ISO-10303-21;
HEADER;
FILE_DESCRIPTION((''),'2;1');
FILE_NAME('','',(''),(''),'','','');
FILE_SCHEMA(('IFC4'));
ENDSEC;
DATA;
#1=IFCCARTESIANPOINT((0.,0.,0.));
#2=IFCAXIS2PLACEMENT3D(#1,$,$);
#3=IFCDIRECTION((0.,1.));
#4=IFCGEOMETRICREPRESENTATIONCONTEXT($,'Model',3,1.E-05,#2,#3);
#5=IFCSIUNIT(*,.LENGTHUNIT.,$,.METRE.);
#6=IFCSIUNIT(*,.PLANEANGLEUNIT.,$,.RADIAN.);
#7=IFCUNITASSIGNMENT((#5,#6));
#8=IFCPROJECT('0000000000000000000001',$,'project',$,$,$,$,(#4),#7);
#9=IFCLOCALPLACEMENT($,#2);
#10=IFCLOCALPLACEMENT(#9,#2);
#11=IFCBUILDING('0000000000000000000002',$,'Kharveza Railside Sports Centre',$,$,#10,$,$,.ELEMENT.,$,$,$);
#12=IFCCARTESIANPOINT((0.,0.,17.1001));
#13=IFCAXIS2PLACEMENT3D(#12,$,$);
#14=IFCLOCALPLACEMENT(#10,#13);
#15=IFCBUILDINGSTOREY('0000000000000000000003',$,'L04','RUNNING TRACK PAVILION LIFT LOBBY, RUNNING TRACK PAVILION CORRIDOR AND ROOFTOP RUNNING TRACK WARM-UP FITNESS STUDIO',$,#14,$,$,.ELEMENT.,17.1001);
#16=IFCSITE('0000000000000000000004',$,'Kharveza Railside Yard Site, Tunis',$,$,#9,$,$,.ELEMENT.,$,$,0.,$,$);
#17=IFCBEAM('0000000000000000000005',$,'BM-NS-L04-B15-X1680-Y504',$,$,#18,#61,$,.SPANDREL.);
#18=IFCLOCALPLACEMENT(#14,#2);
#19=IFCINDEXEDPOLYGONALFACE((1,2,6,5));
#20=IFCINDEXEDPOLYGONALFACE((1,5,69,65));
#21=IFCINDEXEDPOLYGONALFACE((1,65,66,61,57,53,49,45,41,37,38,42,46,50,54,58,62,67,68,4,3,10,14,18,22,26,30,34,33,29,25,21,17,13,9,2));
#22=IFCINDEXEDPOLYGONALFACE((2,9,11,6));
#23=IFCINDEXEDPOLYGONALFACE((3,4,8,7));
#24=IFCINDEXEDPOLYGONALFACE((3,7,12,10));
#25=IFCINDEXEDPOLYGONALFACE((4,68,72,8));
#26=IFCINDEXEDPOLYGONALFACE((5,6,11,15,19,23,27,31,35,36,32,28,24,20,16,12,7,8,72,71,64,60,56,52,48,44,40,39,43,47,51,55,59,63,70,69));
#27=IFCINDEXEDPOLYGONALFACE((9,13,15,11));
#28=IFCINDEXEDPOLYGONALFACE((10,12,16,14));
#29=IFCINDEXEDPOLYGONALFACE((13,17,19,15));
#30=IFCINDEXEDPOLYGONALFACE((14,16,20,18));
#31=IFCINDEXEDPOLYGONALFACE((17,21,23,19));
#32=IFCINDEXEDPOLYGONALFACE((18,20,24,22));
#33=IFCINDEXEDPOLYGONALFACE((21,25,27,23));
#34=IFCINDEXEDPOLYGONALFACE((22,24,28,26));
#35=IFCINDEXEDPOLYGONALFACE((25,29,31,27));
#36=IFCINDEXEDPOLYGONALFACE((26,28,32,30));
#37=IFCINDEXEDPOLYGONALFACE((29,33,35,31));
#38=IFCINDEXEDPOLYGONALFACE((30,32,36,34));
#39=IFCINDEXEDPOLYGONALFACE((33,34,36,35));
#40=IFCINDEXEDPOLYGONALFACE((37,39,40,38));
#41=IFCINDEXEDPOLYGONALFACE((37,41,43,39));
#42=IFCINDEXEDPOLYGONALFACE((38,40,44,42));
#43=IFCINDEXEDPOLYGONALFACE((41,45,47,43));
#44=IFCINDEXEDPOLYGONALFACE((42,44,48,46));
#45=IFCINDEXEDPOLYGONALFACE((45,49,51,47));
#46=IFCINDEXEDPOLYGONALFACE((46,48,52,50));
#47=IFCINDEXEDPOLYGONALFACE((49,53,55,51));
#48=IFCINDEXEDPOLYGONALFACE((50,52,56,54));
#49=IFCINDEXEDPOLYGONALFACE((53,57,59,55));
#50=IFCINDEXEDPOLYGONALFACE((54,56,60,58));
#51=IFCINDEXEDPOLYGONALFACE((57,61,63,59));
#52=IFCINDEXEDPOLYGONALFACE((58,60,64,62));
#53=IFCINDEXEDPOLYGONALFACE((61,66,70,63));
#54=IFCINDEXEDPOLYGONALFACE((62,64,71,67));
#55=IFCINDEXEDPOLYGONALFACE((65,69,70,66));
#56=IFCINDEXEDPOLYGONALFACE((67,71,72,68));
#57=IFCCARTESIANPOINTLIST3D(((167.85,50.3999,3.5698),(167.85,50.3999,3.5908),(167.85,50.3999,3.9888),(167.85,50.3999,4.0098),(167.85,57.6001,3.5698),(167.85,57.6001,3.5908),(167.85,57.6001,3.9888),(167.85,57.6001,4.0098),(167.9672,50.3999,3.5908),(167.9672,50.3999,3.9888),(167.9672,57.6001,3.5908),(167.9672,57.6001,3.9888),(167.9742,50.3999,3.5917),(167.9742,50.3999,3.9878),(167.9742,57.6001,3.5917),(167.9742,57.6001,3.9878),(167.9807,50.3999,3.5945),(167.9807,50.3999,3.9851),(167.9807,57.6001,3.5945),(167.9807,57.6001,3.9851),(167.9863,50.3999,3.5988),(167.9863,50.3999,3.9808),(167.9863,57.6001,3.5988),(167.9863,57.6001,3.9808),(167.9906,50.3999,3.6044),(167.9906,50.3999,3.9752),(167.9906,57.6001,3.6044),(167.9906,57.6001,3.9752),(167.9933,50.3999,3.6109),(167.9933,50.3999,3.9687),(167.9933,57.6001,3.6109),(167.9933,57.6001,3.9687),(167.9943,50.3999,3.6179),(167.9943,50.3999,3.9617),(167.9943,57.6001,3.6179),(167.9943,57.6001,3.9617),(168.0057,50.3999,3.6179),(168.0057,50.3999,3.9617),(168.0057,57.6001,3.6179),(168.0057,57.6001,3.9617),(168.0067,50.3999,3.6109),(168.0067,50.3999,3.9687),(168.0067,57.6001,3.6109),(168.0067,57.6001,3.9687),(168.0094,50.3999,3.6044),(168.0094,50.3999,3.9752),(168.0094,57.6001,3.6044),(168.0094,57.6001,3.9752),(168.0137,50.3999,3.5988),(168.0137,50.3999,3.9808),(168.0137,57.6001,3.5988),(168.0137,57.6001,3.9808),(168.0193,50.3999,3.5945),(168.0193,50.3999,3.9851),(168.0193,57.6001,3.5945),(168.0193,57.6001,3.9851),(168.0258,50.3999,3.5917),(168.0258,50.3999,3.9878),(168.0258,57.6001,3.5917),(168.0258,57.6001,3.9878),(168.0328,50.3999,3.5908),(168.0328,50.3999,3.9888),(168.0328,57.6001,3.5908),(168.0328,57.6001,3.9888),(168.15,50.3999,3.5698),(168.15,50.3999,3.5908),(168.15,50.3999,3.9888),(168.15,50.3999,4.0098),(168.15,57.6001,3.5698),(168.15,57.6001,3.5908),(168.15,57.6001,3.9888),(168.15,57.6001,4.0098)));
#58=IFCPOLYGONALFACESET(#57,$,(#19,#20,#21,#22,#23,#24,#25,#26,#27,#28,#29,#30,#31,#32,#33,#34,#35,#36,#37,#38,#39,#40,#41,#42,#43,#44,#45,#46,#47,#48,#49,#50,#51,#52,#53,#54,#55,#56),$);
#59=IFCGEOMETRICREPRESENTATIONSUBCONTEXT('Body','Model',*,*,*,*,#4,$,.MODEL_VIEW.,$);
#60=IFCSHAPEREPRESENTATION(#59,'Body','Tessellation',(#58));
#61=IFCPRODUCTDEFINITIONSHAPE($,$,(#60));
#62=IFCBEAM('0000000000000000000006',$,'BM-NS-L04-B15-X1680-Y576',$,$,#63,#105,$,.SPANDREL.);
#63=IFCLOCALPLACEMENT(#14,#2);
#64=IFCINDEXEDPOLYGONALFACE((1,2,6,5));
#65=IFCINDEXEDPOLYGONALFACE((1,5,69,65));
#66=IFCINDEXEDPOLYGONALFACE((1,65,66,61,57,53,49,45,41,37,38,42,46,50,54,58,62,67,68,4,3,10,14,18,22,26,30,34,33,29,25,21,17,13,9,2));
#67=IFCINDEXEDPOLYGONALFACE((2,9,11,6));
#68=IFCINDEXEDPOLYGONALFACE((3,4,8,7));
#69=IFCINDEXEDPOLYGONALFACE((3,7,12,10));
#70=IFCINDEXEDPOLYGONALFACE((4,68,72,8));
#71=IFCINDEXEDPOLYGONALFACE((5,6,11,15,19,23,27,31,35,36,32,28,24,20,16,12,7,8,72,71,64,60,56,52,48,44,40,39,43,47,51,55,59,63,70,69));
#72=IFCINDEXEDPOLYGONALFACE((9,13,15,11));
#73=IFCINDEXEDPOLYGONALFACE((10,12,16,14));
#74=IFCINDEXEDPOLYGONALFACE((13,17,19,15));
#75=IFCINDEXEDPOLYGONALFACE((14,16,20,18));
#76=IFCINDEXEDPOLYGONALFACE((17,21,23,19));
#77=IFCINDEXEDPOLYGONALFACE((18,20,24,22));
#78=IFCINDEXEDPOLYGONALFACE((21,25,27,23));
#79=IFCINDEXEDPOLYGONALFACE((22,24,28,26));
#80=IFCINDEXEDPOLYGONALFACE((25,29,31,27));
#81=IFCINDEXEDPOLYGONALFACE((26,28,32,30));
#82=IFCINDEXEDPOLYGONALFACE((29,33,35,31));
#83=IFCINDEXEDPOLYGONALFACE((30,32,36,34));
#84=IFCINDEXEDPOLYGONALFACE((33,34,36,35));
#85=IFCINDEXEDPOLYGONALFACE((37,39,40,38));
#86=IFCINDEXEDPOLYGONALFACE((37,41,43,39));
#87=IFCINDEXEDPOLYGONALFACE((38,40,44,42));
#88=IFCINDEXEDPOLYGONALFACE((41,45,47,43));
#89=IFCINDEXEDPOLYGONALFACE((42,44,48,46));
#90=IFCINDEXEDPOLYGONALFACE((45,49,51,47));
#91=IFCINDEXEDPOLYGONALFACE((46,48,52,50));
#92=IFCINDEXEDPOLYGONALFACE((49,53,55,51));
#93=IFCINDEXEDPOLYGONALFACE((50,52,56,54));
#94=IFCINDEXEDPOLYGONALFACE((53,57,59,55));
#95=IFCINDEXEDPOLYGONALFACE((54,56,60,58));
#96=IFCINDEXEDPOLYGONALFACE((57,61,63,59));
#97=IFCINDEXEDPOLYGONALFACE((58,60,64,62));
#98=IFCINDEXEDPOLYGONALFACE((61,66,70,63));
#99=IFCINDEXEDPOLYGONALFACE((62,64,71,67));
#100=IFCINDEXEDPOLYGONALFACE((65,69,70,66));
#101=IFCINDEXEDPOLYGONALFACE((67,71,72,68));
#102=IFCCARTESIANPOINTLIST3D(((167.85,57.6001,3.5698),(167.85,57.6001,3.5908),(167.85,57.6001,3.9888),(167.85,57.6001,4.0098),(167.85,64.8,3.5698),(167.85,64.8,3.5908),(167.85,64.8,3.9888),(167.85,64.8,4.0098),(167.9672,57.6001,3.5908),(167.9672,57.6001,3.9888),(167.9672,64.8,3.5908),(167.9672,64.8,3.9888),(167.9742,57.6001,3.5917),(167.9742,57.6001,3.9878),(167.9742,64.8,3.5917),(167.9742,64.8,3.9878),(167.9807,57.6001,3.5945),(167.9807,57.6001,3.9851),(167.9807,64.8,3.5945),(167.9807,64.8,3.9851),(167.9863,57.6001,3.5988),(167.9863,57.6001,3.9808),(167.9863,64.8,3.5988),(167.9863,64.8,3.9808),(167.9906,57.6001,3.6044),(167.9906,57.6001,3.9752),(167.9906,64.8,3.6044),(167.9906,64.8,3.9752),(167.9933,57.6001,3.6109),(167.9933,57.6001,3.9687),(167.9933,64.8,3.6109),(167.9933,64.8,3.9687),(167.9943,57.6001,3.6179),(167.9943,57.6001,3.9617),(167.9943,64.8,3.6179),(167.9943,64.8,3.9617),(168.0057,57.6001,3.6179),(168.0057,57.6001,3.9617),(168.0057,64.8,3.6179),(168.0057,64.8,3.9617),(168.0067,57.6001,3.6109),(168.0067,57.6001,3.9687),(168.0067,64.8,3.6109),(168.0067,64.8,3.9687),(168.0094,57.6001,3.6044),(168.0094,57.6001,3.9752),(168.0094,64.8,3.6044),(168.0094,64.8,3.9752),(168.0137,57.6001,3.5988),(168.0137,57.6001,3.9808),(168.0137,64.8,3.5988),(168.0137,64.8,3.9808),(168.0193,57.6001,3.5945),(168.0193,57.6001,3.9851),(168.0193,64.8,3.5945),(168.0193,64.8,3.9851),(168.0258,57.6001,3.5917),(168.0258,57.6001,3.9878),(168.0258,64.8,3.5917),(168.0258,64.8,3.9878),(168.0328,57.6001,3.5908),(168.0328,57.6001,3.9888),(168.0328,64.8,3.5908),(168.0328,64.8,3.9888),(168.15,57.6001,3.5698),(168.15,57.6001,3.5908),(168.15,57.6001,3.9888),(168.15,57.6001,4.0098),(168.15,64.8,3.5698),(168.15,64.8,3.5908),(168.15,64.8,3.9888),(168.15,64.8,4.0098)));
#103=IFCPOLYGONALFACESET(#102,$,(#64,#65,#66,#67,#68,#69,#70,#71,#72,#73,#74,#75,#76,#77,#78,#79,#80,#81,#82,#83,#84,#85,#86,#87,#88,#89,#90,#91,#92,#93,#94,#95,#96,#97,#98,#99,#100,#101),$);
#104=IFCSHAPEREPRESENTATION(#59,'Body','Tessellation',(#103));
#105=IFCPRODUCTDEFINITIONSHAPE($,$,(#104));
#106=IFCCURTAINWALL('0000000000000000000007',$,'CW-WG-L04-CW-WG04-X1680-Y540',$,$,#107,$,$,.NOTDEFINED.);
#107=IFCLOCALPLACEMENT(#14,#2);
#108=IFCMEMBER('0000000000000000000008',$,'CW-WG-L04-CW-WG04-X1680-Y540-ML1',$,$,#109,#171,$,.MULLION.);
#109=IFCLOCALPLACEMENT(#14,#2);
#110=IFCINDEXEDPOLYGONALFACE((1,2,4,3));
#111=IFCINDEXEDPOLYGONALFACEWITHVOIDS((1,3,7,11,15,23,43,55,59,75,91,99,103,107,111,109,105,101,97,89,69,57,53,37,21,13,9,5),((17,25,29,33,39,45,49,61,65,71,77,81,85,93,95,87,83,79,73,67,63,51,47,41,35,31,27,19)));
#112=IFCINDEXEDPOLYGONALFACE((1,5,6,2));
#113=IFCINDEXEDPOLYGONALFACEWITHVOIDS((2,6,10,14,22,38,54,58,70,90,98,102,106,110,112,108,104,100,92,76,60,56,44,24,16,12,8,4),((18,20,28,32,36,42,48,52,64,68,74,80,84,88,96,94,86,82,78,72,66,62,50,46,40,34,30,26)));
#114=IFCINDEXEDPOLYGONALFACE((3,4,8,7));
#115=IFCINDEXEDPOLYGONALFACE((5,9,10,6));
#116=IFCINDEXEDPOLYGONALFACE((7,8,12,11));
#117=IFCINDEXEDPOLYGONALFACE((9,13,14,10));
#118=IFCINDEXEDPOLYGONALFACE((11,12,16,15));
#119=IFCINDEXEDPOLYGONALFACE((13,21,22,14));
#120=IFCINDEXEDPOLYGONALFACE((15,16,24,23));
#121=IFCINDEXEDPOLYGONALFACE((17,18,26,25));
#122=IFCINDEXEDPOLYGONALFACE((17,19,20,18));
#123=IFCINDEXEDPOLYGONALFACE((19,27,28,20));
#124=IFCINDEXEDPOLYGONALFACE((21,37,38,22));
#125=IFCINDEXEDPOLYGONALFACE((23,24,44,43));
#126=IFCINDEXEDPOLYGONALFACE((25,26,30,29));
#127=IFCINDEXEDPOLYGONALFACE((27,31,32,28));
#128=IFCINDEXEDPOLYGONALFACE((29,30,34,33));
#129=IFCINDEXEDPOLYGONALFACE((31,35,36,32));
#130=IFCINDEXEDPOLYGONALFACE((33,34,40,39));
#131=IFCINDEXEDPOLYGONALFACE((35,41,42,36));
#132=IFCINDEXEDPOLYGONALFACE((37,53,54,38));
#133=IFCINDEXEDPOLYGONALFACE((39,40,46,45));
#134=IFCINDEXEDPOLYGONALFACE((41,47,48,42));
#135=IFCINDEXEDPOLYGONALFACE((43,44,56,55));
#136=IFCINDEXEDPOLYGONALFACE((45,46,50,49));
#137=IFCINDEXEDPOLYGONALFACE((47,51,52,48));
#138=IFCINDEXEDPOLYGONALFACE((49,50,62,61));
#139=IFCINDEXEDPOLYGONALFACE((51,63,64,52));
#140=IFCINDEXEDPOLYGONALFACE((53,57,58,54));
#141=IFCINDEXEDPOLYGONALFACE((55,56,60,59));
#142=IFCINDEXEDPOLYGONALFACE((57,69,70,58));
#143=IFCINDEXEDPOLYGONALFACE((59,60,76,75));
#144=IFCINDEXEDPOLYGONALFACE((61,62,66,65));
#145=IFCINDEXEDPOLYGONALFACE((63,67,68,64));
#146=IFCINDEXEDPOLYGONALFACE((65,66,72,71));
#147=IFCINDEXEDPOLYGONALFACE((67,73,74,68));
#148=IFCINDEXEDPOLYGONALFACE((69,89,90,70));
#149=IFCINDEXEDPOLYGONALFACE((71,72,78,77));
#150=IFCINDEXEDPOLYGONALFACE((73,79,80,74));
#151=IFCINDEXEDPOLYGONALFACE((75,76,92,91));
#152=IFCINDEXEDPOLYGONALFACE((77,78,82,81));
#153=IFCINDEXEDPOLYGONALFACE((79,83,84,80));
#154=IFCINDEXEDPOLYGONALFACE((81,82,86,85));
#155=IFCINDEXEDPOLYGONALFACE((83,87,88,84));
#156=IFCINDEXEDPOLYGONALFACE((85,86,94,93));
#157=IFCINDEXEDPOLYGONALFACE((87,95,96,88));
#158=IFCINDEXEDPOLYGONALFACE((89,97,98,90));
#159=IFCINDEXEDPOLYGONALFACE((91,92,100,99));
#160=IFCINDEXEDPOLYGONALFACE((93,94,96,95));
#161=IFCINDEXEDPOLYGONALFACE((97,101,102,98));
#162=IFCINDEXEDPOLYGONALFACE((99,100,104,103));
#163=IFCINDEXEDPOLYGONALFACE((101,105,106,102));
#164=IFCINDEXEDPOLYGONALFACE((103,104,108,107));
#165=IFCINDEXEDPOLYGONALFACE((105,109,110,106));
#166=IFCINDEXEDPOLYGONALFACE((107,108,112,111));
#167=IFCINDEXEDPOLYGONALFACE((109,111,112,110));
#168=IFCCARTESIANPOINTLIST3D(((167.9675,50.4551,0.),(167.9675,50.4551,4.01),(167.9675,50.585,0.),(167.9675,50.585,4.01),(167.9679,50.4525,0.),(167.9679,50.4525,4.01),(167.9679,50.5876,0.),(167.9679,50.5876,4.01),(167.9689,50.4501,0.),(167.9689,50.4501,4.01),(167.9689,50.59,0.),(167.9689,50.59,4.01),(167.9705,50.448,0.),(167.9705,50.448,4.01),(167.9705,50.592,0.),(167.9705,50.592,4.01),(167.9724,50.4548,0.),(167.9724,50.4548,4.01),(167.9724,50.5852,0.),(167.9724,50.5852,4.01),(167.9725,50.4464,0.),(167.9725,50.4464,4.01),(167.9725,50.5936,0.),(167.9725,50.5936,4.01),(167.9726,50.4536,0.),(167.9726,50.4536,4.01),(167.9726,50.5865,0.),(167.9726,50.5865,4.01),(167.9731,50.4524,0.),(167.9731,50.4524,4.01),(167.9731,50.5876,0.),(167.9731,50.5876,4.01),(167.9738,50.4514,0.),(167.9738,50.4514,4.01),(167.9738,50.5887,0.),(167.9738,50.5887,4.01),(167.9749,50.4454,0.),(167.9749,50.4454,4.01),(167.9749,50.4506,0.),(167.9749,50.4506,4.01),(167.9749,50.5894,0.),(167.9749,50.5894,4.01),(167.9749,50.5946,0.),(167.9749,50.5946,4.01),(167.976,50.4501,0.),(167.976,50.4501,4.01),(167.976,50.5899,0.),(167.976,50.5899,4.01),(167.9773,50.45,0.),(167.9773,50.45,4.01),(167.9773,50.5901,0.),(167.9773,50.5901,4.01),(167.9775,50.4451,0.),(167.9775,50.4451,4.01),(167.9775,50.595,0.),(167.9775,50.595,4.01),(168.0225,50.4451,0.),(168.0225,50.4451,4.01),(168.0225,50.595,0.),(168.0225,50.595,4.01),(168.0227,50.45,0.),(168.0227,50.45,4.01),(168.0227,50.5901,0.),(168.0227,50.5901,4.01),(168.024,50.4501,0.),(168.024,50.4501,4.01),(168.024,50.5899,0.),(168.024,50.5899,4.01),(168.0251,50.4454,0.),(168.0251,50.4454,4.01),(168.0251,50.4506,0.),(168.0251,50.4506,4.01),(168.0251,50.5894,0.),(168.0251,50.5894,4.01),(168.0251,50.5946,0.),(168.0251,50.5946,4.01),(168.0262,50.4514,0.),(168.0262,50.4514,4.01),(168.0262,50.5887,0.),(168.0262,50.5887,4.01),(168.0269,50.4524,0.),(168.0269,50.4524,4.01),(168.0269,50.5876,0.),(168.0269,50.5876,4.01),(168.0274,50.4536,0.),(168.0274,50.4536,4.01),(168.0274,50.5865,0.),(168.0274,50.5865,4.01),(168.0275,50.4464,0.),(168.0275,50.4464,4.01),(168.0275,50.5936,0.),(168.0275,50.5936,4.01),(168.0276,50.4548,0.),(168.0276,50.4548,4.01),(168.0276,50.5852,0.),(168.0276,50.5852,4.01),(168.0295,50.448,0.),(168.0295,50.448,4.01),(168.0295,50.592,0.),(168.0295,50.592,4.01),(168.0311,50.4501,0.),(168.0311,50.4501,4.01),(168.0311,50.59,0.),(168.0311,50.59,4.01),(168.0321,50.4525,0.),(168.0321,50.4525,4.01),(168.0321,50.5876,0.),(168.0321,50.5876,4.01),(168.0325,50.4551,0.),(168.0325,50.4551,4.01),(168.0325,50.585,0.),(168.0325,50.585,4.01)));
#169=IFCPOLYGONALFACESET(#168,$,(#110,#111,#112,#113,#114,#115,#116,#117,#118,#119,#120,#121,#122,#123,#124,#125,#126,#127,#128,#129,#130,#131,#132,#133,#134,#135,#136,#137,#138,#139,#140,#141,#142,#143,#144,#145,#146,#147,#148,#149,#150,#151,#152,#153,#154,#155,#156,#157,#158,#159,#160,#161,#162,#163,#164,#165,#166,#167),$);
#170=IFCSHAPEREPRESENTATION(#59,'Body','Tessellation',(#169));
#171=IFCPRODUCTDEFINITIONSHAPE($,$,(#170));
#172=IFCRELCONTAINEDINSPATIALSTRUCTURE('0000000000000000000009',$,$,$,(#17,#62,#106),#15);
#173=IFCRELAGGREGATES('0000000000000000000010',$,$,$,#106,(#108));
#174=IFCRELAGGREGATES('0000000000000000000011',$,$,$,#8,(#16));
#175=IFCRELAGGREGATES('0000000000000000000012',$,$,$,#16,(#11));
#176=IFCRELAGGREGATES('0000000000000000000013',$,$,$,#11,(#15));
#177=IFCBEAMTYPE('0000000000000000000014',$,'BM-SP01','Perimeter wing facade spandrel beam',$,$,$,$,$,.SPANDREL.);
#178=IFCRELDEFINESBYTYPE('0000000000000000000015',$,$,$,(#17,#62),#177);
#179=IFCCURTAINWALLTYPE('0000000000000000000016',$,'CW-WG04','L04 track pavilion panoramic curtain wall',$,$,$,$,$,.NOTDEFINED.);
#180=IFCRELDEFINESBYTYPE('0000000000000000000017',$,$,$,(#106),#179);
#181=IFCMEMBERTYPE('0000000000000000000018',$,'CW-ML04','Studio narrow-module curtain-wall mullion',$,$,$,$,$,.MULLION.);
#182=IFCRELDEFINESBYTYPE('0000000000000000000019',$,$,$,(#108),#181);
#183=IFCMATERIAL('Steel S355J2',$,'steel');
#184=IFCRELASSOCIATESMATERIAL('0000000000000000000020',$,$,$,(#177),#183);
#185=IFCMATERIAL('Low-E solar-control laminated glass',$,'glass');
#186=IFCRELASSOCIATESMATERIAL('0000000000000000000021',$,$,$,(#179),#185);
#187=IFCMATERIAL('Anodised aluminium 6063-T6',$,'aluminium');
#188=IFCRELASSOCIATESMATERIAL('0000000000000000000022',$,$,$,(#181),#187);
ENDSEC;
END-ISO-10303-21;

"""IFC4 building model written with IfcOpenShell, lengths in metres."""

from ifc_helpers import new_model, si_unit, direction, frame, origin, origin_2d, place, context, subcontext, project, spatial, hollow_rectangle, i_section, extrude, material, material_profile, profile_set, type_object, element, aggregate, save


model = new_model("IFC4")

# Units and contexts
model_context = context("Model", 3, precision=1e-05, world=origin(), true_north=direction((0.0, 1.0)))
body_context = subcontext(model_context, "Body", "Model", "MODEL_VIEW")
ifc_project = project(units=[si_unit("LENGTHUNIT", "METRE"), si_unit("PLANEANGLEUNIT", "RADIAN")], contexts=[model_context])

# Site, building, storey
site_placement = place(None, origin())
site = spatial("IfcSite", under=ifc_project, at=site_placement, Name="Kharveza Railside Yard Site, Tunis", CompositionType="ELEMENT", RefElevation=0.0)
building_placement = place(site_placement, origin())
building = spatial("IfcBuilding", under=site, at=building_placement, Name="Kharveza Railside Sports Centre", CompositionType="ELEMENT")
storey_placement = place(building_placement, frame((0.0, 0.0, 17.1001)))
storey = spatial("IfcBuildingStorey", under=building, at=storey_placement, Name="L04", Description="RUNNING TRACK PAVILION LIFT LOBBY, RUNNING TRACK PAVILION CORRIDOR AND ROOFTOP RUNNING TRACK WARM-UP FITNESS STUDIO", CompositionType="ELEMENT", Elevation=17.1001)

# Shared definitions
ifc_material_1 = material(Name="Steel S355J2", Category="steel")

# Beams
ifc_material_profile_1 = material_profile(ifc_material_1, i_section(OverallWidth=0.3, OverallDepth=0.4399, WebThickness=0.0115, FlangeThickness=0.021, FilletRadius=0.0271, at=origin_2d()), Name="HEA 450")
ifc_profile_set_1 = profile_set([ifc_material_profile_1], Name="Steel S355J2")
beam_type_1 = type_object("IfcBeamType", Name="BM-SP01", Description="Perimeter wing facade spandrel beam", PredefinedType="SPANDREL", material=ifc_profile_set_1)
beam_1_placement = place(storey_placement, frame((168.0, 50.3999, 3.7898), z_axis=(0.0, 1.0, 0.0), x_axis=(-1.0, 0.0, 0.0)))
element("IfcBeam", 1, at=beam_1_placement, inside=storey, type_object=beam_type_1, Name="BM-NS-L04-B15-X1680-Y504", PredefinedType="SPANDREL", context=body_context, shape_type="SweptSolid", body=[
    extrude(i_section(OverallWidth=0.3, OverallDepth=0.4399, WebThickness=0.0115, FlangeThickness=0.021, FilletRadius=0.0271, at=origin_2d()), origin(), (0.0, 0.0, 1.0), 7.2002),
])
beam_2_placement = place(storey_placement, frame((168.0, 57.6001, 3.7898), z_axis=(0.0, 1.0, 0.0), x_axis=(-1.0, 0.0, 0.0)))
element("IfcBeam", 2, at=beam_2_placement, inside=storey, type_object=beam_type_1, Name="BM-NS-L04-B15-X1680-Y576", PredefinedType="SPANDREL", context=body_context, shape_type="SweptSolid", body=[
    extrude(i_section(OverallWidth=0.3, OverallDepth=0.4399, WebThickness=0.0115, FlangeThickness=0.021, FilletRadius=0.0271, at=origin_2d()), origin(), (0.0, 0.0, 1.0), 7.2),
])

# Curtain wall, member
ifc_material_2 = material(Name="Low-E solar-control laminated glass", Category="glass")
curtain_wall_type = type_object("IfcCurtainWallType", Name="CW-WG04", Description="L04 track pavilion panoramic curtain wall", PredefinedType="NOTDEFINED", material=ifc_material_2)
curtain_wall_placement = place(storey_placement, origin())
curtain_wall = element("IfcCurtainWall", 3, at=curtain_wall_placement, inside=storey, type_object=curtain_wall_type, Name="CW-WG-L04-CW-WG04-X1680-Y540", PredefinedType="NOTDEFINED")
ifc_material_3 = material(Name="Anodised aluminium 6063-T6", Category="aluminium")
ifc_material_profile_2 = material_profile(ifc_material_3, hollow_rectangle(XDim=0.0649, YDim=0.1499, WallThickness=0.0049, InnerFilletRadius=0.0049, OuterFilletRadius=0.01, at=origin_2d()), Name="RHS 65x150x5.0")
ifc_profile_set_2 = profile_set([ifc_material_profile_2], Name="Anodised aluminium 6063-T6")
member_type_1 = type_object("IfcMemberType", Name="CW-ML04", Description="Studio narrow-module curtain-wall mullion", PredefinedType="MULLION", material=ifc_profile_set_2)
member_1_placement = place(storey_placement, frame((168.0, 50.52, 0.0), z_axis=(0.0, 0.0, 1.0), x_axis=(1.0, 0.0, 0.0)))
member_1 = element("IfcMember", 4, at=member_1_placement, type_object=member_type_1, Name="CW-WG-L04-CW-WG04-X1680-Y540-ML1", PredefinedType="MULLION", context=body_context, shape_type="SweptSolid", body=[
    extrude(hollow_rectangle(XDim=0.0649, YDim=0.1499, WallThickness=0.0049, InnerFilletRadius=0.0049, OuterFilletRadius=0.01, at=origin_2d()), origin(), (0.0, 0.0, 1.0), 4.01),
])
aggregate(curtain_wall, [member_1])

save(model, "model.ifc")
